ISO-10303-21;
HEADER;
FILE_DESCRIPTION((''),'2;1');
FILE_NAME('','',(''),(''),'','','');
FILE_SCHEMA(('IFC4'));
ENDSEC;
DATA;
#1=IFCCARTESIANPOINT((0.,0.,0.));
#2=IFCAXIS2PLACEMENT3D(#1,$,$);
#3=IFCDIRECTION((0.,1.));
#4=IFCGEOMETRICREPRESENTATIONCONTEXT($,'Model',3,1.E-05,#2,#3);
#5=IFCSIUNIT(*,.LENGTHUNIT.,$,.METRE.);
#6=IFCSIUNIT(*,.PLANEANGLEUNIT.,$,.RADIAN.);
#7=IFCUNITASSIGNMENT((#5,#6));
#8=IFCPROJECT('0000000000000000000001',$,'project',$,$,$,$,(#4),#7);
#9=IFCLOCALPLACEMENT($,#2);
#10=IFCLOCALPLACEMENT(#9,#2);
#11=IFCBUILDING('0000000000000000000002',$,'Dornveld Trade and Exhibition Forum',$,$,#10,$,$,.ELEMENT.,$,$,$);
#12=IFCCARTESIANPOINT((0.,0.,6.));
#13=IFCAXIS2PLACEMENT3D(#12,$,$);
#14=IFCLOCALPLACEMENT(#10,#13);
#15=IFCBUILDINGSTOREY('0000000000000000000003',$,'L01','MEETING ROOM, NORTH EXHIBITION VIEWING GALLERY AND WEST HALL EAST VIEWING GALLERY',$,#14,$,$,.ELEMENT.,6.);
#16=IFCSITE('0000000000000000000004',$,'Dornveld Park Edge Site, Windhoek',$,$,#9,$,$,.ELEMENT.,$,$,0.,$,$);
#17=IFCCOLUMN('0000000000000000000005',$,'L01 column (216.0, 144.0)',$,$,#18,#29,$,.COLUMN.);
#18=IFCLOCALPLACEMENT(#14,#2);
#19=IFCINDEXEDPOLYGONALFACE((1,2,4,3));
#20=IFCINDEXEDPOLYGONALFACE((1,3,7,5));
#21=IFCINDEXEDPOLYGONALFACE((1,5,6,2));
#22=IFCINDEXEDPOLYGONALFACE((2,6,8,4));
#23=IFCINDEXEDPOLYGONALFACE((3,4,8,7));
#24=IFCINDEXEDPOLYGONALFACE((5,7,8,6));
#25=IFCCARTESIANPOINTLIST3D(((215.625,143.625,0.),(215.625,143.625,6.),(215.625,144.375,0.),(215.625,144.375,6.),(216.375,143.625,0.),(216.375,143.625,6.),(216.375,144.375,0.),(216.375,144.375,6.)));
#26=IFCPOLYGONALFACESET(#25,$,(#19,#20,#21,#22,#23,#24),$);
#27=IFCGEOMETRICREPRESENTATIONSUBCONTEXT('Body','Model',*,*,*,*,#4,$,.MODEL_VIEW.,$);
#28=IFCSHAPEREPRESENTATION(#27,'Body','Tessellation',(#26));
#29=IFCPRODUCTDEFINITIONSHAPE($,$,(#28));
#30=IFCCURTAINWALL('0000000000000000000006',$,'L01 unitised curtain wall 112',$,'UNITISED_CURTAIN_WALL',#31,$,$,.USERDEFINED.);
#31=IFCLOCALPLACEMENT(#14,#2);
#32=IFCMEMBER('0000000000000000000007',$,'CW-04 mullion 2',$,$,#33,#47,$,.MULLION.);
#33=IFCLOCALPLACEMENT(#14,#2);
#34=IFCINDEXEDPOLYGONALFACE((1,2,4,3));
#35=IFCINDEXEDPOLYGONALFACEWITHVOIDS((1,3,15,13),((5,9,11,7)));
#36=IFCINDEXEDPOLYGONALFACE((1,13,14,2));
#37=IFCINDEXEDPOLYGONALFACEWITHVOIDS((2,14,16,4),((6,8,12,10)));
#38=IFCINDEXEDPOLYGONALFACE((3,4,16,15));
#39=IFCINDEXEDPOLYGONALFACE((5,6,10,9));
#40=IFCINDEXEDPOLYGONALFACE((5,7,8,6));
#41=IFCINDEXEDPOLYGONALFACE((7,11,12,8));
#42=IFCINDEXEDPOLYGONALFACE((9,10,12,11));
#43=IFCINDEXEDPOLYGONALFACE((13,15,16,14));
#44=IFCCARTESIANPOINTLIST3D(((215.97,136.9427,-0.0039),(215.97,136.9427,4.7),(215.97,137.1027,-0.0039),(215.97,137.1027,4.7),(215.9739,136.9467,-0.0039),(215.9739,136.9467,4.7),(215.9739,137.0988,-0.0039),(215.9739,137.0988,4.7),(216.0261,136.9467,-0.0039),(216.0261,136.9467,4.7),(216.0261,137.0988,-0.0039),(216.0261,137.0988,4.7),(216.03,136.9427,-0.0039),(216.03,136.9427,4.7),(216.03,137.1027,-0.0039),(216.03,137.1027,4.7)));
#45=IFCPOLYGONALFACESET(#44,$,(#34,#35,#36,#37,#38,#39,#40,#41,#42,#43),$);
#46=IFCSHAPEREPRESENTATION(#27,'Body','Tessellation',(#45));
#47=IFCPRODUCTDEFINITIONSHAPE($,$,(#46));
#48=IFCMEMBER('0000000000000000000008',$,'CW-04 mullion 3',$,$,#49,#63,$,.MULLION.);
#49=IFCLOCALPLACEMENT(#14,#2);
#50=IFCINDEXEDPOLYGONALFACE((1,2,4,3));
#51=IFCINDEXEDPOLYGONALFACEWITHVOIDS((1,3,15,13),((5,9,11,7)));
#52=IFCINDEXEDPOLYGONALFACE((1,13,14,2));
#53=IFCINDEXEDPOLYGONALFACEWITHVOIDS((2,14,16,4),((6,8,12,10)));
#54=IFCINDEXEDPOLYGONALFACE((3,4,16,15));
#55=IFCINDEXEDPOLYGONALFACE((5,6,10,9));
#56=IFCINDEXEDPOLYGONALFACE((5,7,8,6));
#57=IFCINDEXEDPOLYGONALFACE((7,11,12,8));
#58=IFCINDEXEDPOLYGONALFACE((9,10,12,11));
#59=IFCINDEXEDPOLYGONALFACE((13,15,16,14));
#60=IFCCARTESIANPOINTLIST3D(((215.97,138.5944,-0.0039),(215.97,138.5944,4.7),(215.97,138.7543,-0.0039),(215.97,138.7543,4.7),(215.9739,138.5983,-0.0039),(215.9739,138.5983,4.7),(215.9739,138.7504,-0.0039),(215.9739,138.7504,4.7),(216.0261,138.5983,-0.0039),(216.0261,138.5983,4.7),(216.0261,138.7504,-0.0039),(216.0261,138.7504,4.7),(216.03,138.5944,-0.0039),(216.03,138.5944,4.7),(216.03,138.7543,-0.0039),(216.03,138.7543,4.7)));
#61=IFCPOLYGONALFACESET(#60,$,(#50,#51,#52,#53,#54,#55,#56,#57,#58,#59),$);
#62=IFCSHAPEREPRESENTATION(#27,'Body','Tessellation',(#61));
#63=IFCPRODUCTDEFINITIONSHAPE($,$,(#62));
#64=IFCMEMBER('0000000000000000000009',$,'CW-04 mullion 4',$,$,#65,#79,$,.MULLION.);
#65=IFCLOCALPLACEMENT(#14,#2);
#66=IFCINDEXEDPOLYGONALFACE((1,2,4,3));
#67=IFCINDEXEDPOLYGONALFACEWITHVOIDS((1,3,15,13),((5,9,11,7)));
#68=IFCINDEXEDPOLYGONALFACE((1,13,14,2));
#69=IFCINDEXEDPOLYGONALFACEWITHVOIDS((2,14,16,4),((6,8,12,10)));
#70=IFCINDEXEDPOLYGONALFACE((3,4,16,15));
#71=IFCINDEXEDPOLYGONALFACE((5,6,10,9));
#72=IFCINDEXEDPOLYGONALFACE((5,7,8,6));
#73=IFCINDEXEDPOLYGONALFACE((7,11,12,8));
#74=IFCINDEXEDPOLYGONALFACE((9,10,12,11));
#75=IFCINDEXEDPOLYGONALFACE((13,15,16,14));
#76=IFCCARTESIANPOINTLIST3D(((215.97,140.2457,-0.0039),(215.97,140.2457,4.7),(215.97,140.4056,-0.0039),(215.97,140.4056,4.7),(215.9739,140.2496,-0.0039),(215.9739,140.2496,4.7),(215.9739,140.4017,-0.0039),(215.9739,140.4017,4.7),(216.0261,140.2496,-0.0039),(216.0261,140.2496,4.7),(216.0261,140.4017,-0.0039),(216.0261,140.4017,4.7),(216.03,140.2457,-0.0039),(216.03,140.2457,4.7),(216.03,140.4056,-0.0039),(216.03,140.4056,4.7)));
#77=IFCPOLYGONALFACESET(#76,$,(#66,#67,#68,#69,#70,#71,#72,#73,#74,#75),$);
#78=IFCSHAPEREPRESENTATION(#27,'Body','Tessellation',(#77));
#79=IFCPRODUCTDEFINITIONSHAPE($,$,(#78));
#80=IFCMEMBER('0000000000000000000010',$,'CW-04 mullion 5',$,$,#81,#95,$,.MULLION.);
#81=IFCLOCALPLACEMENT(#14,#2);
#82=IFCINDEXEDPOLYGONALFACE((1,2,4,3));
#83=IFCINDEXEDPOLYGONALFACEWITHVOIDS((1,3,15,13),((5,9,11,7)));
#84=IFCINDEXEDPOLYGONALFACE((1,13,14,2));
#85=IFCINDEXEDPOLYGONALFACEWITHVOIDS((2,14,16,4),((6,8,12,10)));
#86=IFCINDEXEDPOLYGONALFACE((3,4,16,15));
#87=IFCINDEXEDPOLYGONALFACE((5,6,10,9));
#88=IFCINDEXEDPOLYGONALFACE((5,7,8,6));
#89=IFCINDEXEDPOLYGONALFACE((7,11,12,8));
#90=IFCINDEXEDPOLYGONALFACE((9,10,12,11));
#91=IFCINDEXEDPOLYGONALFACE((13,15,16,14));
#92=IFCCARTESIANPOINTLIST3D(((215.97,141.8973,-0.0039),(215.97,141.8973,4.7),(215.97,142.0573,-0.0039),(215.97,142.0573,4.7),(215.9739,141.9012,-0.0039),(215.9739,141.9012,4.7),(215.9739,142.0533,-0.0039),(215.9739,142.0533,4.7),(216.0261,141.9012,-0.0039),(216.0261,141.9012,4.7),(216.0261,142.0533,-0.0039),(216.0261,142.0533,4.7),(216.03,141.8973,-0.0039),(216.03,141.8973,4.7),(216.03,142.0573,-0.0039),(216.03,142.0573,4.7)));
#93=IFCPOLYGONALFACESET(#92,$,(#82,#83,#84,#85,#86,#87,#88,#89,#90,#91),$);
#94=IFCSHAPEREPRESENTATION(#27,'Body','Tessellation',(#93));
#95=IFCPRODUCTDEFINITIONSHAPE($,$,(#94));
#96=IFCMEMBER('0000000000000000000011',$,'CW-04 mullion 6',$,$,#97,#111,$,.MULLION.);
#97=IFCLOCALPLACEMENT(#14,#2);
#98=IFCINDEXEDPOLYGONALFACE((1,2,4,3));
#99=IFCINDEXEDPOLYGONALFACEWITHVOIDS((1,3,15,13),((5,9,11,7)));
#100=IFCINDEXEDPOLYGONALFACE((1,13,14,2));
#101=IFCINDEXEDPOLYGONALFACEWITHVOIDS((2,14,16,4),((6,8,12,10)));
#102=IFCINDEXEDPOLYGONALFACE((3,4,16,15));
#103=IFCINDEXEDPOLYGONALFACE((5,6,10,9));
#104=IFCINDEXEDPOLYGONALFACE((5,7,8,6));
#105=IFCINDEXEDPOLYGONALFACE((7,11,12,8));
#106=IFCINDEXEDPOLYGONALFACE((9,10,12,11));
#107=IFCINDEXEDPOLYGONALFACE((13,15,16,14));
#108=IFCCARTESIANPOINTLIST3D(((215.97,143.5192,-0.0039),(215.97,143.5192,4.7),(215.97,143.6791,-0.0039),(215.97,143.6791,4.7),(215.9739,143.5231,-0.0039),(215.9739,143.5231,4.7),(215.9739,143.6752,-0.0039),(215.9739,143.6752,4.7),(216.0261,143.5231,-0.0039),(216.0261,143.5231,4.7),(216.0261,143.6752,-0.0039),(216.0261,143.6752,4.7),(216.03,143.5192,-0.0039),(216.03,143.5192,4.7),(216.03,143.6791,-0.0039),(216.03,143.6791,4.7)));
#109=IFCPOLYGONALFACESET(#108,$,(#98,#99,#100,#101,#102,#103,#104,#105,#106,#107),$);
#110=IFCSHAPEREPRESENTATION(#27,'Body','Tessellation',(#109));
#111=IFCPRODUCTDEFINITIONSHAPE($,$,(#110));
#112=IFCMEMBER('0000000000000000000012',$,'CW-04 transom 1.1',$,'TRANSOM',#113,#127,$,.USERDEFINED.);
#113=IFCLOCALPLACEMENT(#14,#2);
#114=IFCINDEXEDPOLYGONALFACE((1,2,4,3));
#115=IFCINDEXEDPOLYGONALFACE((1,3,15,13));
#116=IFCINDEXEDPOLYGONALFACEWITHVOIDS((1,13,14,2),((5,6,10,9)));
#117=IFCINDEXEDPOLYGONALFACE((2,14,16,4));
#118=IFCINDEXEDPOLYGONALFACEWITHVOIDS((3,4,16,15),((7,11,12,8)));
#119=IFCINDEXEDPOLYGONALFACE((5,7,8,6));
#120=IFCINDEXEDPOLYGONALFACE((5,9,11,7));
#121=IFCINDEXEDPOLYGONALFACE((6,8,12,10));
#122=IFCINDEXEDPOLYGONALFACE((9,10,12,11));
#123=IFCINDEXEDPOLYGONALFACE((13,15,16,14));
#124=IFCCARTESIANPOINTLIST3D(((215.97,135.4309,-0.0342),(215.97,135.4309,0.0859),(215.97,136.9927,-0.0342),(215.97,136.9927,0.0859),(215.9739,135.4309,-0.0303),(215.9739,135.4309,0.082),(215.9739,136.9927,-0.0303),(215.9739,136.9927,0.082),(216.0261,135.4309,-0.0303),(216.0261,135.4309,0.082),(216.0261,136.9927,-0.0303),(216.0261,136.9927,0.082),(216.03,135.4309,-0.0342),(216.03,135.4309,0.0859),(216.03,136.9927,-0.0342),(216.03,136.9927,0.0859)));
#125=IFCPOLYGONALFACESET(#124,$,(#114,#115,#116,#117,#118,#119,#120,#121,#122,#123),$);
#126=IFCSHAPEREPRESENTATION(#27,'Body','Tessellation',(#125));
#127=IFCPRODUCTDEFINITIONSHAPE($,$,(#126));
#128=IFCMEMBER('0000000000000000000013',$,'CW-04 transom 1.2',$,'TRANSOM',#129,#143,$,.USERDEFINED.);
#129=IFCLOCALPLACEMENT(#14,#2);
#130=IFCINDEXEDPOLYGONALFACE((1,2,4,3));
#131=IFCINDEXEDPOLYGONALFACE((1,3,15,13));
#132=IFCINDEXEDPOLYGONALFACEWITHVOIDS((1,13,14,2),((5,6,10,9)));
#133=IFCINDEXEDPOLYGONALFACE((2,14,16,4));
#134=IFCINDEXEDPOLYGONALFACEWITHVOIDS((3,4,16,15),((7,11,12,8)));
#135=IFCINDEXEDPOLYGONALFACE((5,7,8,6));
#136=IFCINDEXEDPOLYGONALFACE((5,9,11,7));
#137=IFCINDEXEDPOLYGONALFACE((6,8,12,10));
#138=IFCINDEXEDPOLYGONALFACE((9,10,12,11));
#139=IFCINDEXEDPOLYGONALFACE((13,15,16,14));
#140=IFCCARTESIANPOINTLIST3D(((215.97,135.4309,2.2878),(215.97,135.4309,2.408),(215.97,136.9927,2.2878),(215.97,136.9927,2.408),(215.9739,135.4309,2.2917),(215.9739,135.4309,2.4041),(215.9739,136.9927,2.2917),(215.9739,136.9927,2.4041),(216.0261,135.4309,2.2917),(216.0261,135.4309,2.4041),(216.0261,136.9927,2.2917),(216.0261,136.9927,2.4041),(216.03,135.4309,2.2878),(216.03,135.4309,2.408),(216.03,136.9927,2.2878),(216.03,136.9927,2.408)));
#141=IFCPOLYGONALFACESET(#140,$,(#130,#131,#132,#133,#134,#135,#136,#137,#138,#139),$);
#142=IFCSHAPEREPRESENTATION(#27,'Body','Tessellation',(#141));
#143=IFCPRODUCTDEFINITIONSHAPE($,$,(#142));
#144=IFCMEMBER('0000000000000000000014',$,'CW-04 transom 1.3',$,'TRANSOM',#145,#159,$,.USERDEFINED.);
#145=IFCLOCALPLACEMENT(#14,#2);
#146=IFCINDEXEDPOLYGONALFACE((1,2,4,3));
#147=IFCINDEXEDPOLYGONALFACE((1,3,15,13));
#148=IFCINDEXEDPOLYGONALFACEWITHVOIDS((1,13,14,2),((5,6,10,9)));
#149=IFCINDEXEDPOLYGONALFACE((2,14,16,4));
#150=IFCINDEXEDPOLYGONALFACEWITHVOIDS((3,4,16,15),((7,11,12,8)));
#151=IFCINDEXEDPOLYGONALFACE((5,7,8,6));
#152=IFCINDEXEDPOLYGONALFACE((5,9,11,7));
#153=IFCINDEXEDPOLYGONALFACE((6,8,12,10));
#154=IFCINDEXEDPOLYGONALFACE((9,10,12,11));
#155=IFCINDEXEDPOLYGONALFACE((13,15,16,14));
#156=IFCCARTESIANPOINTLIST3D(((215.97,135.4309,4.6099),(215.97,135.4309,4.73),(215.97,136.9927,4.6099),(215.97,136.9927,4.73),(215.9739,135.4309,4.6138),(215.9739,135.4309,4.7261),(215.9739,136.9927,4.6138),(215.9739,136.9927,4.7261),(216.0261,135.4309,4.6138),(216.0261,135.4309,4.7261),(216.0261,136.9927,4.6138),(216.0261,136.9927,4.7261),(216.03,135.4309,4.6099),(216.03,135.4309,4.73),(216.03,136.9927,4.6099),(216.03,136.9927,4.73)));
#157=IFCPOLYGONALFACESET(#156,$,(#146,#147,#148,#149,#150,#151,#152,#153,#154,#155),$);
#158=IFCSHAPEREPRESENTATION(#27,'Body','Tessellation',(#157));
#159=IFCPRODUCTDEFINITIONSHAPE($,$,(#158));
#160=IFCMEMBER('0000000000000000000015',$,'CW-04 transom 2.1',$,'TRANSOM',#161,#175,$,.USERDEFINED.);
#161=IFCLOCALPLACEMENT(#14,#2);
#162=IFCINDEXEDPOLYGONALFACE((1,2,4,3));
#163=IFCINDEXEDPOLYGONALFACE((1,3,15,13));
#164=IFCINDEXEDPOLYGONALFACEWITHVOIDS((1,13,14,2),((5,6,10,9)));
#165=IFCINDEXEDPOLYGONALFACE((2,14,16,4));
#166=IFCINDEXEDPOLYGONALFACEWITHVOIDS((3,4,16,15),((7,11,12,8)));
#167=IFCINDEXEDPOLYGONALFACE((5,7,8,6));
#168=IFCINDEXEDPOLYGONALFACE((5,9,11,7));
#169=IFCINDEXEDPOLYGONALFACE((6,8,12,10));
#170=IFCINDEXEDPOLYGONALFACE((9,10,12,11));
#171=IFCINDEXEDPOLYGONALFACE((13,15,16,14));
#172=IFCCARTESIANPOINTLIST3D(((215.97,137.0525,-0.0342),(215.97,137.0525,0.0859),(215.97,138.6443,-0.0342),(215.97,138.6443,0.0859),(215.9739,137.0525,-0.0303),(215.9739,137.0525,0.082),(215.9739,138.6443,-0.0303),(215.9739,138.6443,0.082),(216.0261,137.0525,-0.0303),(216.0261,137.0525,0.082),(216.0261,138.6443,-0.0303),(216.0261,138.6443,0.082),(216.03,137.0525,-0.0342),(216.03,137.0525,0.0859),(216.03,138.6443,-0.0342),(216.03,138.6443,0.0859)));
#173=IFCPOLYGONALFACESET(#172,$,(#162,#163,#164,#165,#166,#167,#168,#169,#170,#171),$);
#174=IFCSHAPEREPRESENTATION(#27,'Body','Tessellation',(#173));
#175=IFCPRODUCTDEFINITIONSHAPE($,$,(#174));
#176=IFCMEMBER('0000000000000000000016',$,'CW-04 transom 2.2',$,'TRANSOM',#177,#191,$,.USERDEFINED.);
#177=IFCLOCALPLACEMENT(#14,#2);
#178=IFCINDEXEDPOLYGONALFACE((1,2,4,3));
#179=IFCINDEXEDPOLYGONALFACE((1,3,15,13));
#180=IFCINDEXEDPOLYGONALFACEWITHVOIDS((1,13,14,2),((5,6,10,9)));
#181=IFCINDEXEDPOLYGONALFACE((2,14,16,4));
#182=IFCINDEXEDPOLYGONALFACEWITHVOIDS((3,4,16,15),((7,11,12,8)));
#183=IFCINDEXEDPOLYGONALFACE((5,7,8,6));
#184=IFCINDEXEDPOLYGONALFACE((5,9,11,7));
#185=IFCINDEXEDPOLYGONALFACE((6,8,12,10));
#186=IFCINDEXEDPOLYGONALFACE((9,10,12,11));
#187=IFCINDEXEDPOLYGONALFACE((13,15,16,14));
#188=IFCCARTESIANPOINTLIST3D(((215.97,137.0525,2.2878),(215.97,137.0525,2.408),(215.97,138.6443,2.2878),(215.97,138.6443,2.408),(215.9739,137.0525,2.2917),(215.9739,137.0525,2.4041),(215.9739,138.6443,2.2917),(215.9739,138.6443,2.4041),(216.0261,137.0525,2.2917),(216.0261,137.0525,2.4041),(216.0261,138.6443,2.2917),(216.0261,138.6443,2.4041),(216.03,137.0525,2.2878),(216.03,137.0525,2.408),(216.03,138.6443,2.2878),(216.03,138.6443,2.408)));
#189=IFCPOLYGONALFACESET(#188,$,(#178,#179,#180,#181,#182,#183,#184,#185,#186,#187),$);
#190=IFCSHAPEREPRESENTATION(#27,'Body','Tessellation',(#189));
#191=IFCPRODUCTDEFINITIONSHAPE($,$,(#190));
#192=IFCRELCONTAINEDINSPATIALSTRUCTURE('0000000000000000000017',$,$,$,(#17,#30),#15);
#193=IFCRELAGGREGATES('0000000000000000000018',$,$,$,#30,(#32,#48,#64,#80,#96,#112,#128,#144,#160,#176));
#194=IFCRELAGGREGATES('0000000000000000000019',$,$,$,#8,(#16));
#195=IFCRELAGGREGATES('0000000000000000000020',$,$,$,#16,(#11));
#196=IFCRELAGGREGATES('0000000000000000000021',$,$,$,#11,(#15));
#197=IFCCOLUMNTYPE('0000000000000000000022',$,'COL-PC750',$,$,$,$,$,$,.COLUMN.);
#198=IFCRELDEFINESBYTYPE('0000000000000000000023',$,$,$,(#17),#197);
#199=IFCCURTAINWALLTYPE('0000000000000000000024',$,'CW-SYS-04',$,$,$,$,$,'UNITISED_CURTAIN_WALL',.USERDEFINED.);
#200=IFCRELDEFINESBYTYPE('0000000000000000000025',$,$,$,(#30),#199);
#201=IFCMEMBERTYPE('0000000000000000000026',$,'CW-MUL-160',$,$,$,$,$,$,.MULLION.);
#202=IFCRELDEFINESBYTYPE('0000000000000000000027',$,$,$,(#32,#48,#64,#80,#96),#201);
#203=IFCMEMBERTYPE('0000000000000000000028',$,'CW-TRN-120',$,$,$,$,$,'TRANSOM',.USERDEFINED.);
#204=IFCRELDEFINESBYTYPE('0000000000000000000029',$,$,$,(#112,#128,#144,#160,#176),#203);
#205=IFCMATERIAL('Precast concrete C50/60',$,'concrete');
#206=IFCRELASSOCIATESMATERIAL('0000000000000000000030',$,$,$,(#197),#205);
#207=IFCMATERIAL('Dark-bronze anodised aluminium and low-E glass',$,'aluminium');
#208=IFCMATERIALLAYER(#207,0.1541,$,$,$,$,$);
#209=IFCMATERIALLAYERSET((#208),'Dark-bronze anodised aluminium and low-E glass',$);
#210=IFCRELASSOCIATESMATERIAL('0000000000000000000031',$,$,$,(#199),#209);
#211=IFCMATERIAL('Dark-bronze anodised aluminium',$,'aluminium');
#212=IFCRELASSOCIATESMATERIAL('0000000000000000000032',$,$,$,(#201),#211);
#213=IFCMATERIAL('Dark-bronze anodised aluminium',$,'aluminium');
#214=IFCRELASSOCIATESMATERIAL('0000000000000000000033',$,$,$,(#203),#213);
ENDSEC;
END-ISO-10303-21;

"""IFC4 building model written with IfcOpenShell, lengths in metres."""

from ifc_helpers import new_model, si_unit, direction, frame, origin, origin_2d, place, context, subcontext, project, spatial, rectangle, hollow_rectangle, extrude, material, layer, layer_set, material_profile, profile_set, type_object, element, aggregate, save


model = new_model("IFC4")

# Units and contexts
model_context = context("Model", 3, precision=1e-05, world=origin(), true_north=direction((0.0, 1.0)))
body_context = subcontext(model_context, "Body", "Model", "MODEL_VIEW")
ifc_project = project(units=[si_unit("LENGTHUNIT", "METRE"), si_unit("PLANEANGLEUNIT", "RADIAN")], contexts=[model_context])

# Site, building, storey
site_placement = place(None, origin())
site = spatial("IfcSite", under=ifc_project, at=site_placement, Name="Dornveld Park Edge Site, Windhoek", CompositionType="ELEMENT", RefElevation=0.0)
building_placement = place(site_placement, origin())
building = spatial("IfcBuilding", under=site, at=building_placement, Name="Dornveld Trade and Exhibition Forum", CompositionType="ELEMENT")
storey_placement = place(building_placement, frame((0.0, 0.0, 6.0)))
storey = spatial("IfcBuildingStorey", under=building, at=storey_placement, Name="L01", Description="MEETING ROOM, NORTH EXHIBITION VIEWING GALLERY AND WEST HALL EAST VIEWING GALLERY", CompositionType="ELEMENT", Elevation=6.0)

# Column
ifc_material_1 = material(Name="Precast concrete C50/60", Category="concrete")
ifc_material_profile_1 = material_profile(ifc_material_1, rectangle(XDim=0.75, YDim=0.75, at=origin_2d()), Name="PC-COL 750x750")
ifc_profile_set_1 = profile_set([ifc_material_profile_1], Name="Precast concrete C50/60")
column_type = type_object("IfcColumnType", Name="COL-PC750", PredefinedType="COLUMN", material=ifc_profile_set_1)
column_placement = place(storey_placement, frame((216.0, 144.0, 0.0), z_axis=(0.0, 0.0, 1.0), x_axis=(1.0, 0.0, 0.0)))
element("IfcColumn", 1, at=column_placement, inside=storey, type_object=column_type, Name="L01 column (216.0, 144.0)", PredefinedType="COLUMN", context=body_context, shape_type="SweptSolid", body=[
    extrude(rectangle(XDim=0.75, YDim=0.75, at=origin_2d()), origin(), (0.0, 0.0, 1.0), 6.0),
])

# Curtain wall, members
ifc_material_2 = material(Name="Dark-bronze anodised aluminium and low-E glass", Category="aluminium")
ifc_layer_1 = layer(ifc_material_2, 0.1541)
ifc_layer_set_1 = layer_set([ifc_layer_1], Name="Dark-bronze anodised aluminium and low-E glass")
curtain_wall_type = type_object("IfcCurtainWallType", Name="CW-SYS-04", ElementType="UNITISED_CURTAIN_WALL", PredefinedType="USERDEFINED", material=ifc_layer_set_1)
curtain_wall_placement = place(storey_placement, origin())
curtain_wall = element("IfcCurtainWall", 2, at=curtain_wall_placement, inside=storey, type_object=curtain_wall_type, Name="L01 unitised curtain wall 112", ObjectType="UNITISED_CURTAIN_WALL", PredefinedType="USERDEFINED")
ifc_material_3 = material(Name="Dark-bronze anodised aluminium", Category="aluminium")
ifc_material_profile_2 = material_profile(ifc_material_3, hollow_rectangle(XDim=0.0601, YDim=0.1599, WallThickness=0.0039, at=origin_2d()), Name="RHS 160x60x4")
ifc_profile_set_2 = profile_set([ifc_material_profile_2], Name="Dark-bronze anodised aluminium")
member_type_1 = type_object("IfcMemberType", Name="CW-MUL-160", PredefinedType="MULLION", material=ifc_profile_set_2)
member_1_placement = place(storey_placement, frame((216.0, 137.0227, -0.0039), z_axis=(0.0, 0.0, 1.0), x_axis=(-1.0, 0.0, 0.0)))
member_1 = element("IfcMember", 3, at=member_1_placement, type_object=member_type_1, Name="CW-04 mullion 2", PredefinedType="MULLION", context=body_context, shape_type="SweptSolid", body=[
    extrude(hollow_rectangle(XDim=0.0601, YDim=0.1599, WallThickness=0.0039, at=origin_2d()), origin(), (0.0, 0.0, 1.0), 4.7039),
])
member_2_placement = place(storey_placement, frame((216.0, 138.6743, -0.0039), z_axis=(0.0, 0.0, 1.0), x_axis=(-1.0, 0.0, 0.0)))
member_2 = element("IfcMember", 4, at=member_2_placement, type_object=member_type_1, Name="CW-04 mullion 3", PredefinedType="MULLION", context=body_context, shape_type="SweptSolid", body=[
    extrude(hollow_rectangle(XDim=0.0601, YDim=0.1599, WallThickness=0.0039, at=origin_2d()), origin(), (0.0, 0.0, 1.0), 4.7039),
])
member_3_placement = place(storey_placement, frame((216.0, 140.3257, -0.0039), z_axis=(0.0, 0.0, 1.0), x_axis=(-1.0, 0.0, 0.0)))
member_3 = element("IfcMember", 5, at=member_3_placement, type_object=member_type_1, Name="CW-04 mullion 4", PredefinedType="MULLION", context=body_context, shape_type="SweptSolid", body=[
    extrude(hollow_rectangle(XDim=0.0601, YDim=0.1599, WallThickness=0.0039, at=origin_2d()), origin(), (0.0, 0.0, 1.0), 4.7039),
])
member_4_placement = place(storey_placement, frame((216.0, 141.9773, -0.0039), z_axis=(0.0, 0.0, 1.0), x_axis=(-1.0, 0.0, 0.0)))
member_4 = element("IfcMember", 6, at=member_4_placement, type_object=member_type_1, Name="CW-04 mullion 5", PredefinedType="MULLION", context=body_context, shape_type="SweptSolid", body=[
    extrude(hollow_rectangle(XDim=0.0601, YDim=0.1599, WallThickness=0.0039, at=origin_2d()), origin(), (0.0, 0.0, 1.0), 4.7039),
])
member_5_placement = place(storey_placement, frame((216.0, 143.5991, -0.0039), z_axis=(0.0, 0.0, 1.0), x_axis=(-1.0, 0.0, 0.0)))
member_5 = element("IfcMember", 7, at=member_5_placement, type_object=member_type_1, Name="CW-04 mullion 6", PredefinedType="MULLION", context=body_context, shape_type="SweptSolid", body=[
    extrude(hollow_rectangle(XDim=0.0601, YDim=0.1599, WallThickness=0.0039, at=origin_2d()), origin(), (0.0, 0.0, 1.0), 4.7039),
])
ifc_material_4 = material(Name="Dark-bronze anodised aluminium", Category="aluminium")
ifc_material_profile_3 = material_profile(ifc_material_4, hollow_rectangle(XDim=0.0601, YDim=0.1201, WallThickness=0.0039, at=origin_2d()), Name="RHS 120x60x4")
ifc_profile_set_3 = profile_set([ifc_material_profile_3], Name="Dark-bronze anodised aluminium")
member_type_2 = type_object("IfcMemberType", Name="CW-TRN-120", ElementType="TRANSOM", PredefinedType="USERDEFINED", material=ifc_profile_set_3)
member_6_placement = place(storey_placement, frame((216.0, 135.4309, 0.0259), z_axis=(0.0, 1.0, 0.0), x_axis=(-1.0, 0.0, 0.0)))
member_6 = element("IfcMember", 8, at=member_6_placement, type_object=member_type_2, Name="CW-04 transom 1.1", ObjectType="TRANSOM", PredefinedType="USERDEFINED", context=body_context, shape_type="SweptSolid", body=[
    extrude(hollow_rectangle(XDim=0.0601, YDim=0.1201, WallThickness=0.0039, at=origin_2d()), origin(), (0.0, 0.0, 1.0), 1.5618),
])
member_7_placement = place(storey_placement, frame((216.0, 135.4309, 2.3479), z_axis=(0.0, 1.0, 0.0), x_axis=(-1.0, 0.0, 0.0)))
member_7 = element("IfcMember", 9, at=member_7_placement, type_object=member_type_2, Name="CW-04 transom 1.2", ObjectType="TRANSOM", PredefinedType="USERDEFINED", context=body_context, shape_type="SweptSolid", body=[
    extrude(hollow_rectangle(XDim=0.0601, YDim=0.1201, WallThickness=0.0039, at=origin_2d()), origin(), (0.0, 0.0, 1.0), 1.5618),
])
member_8_placement = place(storey_placement, frame((216.0, 135.4309, 4.6699), z_axis=(0.0, 1.0, 0.0), x_axis=(-1.0, 0.0, 0.0)))
member_8 = element("IfcMember", 10, at=member_8_placement, type_object=member_type_2, Name="CW-04 transom 1.3", ObjectType="TRANSOM", PredefinedType="USERDEFINED", context=body_context, shape_type="SweptSolid", body=[
    extrude(hollow_rectangle(XDim=0.0601, YDim=0.1201, WallThickness=0.0039, at=origin_2d()), origin(), (0.0, 0.0, 1.0), 1.5618),
])
member_9_placement = place(storey_placement, frame((216.0, 137.0525, 0.0259), z_axis=(0.0, 1.0, 0.0), x_axis=(-1.0, 0.0, 0.0)))
member_9 = element("IfcMember", 11, at=member_9_placement, type_object=member_type_2, Name="CW-04 transom 2.1", ObjectType="TRANSOM", PredefinedType="USERDEFINED", context=body_context, shape_type="SweptSolid", body=[
    extrude(hollow_rectangle(XDim=0.0601, YDim=0.1201, WallThickness=0.0039, at=origin_2d()), origin(), (0.0, 0.0, 1.0), 1.5918),
])
member_10_placement = place(storey_placement, frame((216.0, 137.0525, 2.3479), z_axis=(0.0, 1.0, 0.0), x_axis=(-1.0, 0.0, 0.0)))
member_10 = element("IfcMember", 12, at=member_10_placement, type_object=member_type_2, Name="CW-04 transom 2.2", ObjectType="TRANSOM", PredefinedType="USERDEFINED", context=body_context, shape_type="SweptSolid", body=[
    extrude(hollow_rectangle(XDim=0.0601, YDim=0.1201, WallThickness=0.0039, at=origin_2d()), origin(), (0.0, 0.0, 1.0), 1.5918),
])
aggregate(curtain_wall, [member_1, member_2, member_3, member_4, member_5, member_6, member_7, member_8, member_9, member_10])

save(model, "model.ifc")
